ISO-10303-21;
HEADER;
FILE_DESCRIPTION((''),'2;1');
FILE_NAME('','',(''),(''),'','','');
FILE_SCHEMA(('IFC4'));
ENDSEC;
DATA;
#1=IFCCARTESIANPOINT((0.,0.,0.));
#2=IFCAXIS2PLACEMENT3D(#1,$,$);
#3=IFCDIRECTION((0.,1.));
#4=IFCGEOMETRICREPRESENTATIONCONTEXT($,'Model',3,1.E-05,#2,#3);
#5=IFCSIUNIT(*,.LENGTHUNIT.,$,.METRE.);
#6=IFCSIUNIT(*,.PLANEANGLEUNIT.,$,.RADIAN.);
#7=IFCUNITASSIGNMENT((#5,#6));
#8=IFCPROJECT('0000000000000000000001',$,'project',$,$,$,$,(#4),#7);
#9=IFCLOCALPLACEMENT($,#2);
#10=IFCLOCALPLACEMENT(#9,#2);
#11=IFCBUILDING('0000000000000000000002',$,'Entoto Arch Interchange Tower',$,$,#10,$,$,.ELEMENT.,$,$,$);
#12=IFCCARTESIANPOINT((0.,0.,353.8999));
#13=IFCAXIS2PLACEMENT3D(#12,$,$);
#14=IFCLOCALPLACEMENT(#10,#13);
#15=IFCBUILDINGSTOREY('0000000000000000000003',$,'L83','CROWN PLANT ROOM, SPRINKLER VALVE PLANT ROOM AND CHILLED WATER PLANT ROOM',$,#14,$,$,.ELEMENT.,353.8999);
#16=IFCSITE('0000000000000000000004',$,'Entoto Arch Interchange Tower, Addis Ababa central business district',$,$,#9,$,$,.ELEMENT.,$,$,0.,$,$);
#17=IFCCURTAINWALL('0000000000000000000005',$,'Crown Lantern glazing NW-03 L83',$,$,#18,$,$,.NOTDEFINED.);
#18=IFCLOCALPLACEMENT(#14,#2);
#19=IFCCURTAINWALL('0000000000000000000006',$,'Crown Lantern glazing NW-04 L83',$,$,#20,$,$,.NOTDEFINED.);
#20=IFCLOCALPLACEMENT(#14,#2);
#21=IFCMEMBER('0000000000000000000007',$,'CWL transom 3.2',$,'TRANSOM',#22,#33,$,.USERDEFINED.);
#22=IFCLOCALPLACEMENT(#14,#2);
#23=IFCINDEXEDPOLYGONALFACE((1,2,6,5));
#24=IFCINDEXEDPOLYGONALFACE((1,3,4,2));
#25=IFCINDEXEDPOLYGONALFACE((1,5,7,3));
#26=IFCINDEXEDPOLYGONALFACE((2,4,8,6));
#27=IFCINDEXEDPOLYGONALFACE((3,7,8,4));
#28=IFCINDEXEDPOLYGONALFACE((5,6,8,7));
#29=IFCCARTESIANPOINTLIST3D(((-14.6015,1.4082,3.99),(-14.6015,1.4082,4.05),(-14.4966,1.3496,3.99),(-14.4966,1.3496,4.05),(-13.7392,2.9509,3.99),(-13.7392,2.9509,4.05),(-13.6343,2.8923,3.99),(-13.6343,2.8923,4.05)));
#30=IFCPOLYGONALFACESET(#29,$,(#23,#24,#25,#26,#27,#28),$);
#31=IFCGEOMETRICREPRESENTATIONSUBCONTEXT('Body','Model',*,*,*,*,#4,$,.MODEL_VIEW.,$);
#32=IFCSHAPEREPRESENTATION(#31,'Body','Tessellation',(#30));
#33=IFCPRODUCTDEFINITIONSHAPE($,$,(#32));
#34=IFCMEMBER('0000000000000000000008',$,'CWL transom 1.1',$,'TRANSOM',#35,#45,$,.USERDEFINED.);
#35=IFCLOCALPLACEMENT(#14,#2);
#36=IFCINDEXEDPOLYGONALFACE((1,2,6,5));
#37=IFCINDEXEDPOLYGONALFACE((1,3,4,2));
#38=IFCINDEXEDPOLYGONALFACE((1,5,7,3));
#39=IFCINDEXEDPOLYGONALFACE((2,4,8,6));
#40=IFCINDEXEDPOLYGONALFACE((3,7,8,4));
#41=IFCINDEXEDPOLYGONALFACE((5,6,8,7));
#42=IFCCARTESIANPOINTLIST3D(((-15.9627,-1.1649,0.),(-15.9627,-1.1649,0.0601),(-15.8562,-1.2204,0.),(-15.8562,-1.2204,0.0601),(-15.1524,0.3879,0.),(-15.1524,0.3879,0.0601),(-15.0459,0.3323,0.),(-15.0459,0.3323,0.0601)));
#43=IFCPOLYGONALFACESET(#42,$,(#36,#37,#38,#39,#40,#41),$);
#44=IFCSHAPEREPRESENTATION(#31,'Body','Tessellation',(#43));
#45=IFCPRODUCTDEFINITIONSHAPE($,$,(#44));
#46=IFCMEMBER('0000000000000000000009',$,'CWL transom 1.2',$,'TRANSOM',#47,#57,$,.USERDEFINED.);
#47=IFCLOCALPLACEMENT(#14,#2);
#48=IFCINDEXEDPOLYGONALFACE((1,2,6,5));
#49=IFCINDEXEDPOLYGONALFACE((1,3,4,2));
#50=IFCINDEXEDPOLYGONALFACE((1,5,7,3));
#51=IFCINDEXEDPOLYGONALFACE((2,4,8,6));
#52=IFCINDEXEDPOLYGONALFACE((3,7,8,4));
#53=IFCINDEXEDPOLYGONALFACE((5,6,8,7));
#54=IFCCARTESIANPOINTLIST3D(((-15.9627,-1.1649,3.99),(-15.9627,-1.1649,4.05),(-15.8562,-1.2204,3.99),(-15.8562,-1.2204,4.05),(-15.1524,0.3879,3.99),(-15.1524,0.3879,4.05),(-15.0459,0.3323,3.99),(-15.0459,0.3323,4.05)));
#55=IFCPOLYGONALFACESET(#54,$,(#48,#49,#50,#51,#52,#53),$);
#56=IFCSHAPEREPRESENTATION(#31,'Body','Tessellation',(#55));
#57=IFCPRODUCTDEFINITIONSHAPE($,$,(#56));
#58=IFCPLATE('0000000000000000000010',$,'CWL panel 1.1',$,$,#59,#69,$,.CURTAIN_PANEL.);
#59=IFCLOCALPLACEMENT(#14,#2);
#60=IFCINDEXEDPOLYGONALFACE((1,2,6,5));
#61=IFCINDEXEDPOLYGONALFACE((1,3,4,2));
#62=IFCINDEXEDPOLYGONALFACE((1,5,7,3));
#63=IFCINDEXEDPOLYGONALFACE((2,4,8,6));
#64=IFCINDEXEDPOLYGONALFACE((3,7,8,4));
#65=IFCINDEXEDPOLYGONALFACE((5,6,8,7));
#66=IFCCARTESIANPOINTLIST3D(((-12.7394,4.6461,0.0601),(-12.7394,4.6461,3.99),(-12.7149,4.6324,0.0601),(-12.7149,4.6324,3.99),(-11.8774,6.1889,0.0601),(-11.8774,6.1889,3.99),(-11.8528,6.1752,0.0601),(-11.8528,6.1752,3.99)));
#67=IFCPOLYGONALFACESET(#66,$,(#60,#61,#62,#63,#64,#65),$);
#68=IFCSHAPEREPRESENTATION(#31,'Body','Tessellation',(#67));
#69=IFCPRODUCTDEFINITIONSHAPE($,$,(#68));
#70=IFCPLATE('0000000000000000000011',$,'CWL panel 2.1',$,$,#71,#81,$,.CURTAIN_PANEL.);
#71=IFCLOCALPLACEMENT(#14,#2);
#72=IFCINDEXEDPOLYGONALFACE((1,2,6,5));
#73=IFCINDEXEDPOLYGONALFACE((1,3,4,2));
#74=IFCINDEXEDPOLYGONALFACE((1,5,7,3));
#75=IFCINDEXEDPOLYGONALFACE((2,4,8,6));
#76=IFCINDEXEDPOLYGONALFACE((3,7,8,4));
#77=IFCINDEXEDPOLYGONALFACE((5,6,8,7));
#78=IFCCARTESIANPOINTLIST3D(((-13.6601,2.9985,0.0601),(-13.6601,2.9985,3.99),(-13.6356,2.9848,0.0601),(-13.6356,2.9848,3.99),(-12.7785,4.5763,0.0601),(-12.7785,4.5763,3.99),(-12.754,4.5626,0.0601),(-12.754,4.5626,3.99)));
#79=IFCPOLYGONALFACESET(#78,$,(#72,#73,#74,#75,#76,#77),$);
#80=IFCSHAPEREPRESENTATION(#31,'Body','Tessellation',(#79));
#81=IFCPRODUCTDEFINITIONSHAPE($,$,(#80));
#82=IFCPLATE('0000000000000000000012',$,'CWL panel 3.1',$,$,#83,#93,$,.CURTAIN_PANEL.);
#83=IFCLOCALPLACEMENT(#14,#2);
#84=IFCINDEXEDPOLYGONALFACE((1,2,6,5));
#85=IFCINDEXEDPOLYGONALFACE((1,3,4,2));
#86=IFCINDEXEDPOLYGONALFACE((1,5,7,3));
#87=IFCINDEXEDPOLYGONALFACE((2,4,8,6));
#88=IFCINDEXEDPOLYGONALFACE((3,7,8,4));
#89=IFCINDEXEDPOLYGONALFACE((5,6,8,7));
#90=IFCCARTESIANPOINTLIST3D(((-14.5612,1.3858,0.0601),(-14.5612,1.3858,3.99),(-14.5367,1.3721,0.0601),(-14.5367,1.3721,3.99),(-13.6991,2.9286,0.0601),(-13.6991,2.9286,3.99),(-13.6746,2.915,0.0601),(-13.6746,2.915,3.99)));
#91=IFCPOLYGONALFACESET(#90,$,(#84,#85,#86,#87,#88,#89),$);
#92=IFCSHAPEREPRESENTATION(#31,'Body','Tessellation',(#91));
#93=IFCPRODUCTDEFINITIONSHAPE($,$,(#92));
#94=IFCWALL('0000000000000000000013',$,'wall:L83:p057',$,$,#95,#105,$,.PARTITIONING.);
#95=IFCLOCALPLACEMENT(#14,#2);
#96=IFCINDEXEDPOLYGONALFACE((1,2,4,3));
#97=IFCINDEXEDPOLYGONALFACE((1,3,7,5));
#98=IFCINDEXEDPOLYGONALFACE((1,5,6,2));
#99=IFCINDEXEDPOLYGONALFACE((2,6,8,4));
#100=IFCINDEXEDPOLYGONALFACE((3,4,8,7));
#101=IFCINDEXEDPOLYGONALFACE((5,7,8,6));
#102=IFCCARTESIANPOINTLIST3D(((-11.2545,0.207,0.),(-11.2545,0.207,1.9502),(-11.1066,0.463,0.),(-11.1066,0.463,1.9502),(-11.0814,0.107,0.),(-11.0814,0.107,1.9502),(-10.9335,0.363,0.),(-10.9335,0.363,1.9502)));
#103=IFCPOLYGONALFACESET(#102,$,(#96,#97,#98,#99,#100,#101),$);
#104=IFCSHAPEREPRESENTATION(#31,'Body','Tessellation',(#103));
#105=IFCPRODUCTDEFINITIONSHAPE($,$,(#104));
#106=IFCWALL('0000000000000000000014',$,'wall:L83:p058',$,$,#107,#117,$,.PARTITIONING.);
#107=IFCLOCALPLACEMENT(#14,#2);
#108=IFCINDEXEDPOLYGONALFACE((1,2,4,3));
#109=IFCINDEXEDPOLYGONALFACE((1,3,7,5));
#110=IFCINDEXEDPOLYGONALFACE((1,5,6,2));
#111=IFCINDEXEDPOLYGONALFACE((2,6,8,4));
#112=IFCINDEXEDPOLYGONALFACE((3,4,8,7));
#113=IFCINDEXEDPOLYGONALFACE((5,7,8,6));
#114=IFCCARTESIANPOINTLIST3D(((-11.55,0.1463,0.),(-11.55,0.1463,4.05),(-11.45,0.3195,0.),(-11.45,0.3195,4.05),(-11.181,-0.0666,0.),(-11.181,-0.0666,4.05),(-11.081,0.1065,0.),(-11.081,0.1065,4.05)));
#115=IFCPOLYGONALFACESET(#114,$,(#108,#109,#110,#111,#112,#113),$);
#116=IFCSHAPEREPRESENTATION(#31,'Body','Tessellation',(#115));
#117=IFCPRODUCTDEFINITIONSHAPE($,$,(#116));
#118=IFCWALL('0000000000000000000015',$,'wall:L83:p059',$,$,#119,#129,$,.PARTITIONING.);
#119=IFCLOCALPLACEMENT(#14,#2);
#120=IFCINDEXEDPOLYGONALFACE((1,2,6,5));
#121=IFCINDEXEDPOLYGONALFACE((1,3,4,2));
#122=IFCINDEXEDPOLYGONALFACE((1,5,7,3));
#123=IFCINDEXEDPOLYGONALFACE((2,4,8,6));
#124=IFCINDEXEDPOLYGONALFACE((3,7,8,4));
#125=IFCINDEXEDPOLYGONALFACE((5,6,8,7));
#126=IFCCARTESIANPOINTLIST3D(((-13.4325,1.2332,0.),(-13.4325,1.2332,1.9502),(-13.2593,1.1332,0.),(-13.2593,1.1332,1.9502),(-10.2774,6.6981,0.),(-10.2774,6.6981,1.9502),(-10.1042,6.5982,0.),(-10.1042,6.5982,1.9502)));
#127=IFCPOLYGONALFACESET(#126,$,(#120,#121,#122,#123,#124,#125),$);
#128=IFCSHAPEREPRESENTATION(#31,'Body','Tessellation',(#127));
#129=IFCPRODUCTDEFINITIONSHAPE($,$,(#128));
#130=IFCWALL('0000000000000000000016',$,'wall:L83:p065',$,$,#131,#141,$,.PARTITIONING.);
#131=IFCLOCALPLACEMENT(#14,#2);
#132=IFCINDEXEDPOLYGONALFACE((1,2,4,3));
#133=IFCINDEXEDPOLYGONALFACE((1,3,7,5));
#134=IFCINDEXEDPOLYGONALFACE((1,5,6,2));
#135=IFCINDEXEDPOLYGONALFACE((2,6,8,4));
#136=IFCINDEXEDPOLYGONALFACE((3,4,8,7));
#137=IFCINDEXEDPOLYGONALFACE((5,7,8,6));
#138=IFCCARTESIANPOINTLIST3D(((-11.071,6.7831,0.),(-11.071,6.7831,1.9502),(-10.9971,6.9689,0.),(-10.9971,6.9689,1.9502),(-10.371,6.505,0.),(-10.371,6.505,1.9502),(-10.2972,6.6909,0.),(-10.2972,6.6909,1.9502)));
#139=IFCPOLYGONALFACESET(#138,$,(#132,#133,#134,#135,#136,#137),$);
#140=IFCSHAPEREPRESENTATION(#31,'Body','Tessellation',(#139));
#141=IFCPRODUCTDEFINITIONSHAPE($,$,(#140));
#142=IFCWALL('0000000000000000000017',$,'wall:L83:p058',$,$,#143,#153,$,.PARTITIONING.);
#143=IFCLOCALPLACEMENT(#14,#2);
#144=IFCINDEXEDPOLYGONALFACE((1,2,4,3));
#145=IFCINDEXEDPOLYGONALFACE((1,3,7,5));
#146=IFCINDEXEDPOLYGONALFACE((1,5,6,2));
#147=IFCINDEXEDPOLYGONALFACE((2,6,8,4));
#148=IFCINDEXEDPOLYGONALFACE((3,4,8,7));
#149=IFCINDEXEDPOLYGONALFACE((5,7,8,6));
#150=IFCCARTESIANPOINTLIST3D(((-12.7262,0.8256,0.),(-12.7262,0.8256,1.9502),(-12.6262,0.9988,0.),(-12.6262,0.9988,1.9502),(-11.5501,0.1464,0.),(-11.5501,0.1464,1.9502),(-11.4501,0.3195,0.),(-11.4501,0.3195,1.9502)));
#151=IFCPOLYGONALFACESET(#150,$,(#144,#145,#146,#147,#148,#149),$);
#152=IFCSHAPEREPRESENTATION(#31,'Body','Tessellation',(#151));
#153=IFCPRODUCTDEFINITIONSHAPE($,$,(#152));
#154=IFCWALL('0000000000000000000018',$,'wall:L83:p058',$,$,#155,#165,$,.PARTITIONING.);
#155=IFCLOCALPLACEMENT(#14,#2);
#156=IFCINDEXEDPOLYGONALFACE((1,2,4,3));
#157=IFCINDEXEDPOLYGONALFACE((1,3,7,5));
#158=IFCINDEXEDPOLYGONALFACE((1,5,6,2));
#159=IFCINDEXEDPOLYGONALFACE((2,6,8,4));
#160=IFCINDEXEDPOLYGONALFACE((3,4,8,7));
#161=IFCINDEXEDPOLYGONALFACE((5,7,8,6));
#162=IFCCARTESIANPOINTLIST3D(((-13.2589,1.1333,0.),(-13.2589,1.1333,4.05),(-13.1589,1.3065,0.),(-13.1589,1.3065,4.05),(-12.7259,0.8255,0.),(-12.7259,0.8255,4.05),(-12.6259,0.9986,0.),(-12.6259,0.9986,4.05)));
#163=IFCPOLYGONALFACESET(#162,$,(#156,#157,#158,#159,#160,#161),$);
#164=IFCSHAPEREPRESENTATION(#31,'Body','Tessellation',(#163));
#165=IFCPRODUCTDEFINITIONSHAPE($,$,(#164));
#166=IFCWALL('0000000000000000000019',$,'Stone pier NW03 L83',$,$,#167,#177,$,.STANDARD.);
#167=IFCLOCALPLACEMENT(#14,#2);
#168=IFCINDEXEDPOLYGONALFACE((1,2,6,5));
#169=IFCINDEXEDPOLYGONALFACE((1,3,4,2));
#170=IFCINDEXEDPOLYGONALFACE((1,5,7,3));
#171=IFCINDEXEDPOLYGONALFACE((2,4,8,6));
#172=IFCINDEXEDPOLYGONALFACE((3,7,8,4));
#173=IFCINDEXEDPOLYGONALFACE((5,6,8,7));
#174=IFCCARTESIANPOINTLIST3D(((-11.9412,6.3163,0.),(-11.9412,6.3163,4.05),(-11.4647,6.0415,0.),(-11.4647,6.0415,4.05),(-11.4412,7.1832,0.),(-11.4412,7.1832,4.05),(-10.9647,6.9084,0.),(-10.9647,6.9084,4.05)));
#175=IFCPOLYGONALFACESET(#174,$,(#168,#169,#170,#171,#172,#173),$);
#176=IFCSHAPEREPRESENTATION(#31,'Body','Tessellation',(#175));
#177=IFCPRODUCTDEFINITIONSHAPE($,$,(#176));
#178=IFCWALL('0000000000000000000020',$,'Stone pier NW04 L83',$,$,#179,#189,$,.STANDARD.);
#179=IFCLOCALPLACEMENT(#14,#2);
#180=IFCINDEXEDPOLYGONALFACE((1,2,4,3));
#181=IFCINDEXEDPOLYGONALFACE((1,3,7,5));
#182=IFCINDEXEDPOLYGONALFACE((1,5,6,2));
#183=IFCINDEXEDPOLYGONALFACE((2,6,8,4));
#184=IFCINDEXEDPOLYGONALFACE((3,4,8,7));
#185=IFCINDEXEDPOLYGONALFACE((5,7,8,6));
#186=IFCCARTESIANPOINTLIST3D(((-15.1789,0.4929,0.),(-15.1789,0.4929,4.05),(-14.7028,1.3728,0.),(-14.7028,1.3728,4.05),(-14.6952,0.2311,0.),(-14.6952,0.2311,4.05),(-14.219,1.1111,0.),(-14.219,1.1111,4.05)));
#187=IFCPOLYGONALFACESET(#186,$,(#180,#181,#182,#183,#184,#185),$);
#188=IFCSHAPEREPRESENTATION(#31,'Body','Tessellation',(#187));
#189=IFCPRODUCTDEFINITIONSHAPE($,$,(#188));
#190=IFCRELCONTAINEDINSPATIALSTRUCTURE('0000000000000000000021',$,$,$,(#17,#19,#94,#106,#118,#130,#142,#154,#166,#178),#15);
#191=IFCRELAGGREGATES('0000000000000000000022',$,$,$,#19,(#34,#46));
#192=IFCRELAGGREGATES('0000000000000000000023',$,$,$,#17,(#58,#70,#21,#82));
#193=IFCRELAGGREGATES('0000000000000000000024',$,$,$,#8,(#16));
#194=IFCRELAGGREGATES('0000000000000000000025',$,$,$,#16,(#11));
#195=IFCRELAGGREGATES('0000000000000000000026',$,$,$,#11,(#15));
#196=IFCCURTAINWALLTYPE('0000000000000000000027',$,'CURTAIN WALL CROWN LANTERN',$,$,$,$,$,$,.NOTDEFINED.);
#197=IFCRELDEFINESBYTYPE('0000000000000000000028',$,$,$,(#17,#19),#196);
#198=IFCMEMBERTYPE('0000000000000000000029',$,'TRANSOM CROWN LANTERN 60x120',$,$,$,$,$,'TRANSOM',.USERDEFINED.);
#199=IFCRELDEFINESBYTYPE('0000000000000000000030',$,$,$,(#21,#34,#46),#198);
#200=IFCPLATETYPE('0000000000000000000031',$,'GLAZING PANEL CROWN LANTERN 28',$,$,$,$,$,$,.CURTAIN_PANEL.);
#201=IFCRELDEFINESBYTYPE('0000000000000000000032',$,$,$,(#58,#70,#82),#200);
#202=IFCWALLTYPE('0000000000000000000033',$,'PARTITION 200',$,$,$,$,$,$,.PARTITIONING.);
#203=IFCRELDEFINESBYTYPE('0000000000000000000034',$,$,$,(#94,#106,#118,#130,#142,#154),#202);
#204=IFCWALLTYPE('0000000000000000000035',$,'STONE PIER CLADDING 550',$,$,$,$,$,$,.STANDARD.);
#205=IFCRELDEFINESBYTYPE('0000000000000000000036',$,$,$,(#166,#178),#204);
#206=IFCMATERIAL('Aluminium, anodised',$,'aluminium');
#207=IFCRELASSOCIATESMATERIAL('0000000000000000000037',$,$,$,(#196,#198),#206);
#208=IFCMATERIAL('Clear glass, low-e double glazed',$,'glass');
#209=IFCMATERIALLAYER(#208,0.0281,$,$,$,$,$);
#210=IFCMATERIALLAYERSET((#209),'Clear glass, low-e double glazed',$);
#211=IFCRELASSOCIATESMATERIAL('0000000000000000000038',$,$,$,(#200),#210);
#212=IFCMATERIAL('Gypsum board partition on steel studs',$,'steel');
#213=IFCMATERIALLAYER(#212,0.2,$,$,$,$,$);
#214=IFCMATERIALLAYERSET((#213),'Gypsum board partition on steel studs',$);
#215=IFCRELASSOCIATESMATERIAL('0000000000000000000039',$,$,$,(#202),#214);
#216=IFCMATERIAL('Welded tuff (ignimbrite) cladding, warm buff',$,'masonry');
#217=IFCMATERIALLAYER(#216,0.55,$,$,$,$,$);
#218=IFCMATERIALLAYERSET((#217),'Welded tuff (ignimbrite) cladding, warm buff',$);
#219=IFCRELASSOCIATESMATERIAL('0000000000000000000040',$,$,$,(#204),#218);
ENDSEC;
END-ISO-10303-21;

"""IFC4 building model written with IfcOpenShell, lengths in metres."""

from ifc_helpers import new_model, si_unit, direction, frame, frame_2d, origin, origin_2d, place, context, subcontext, project, spatial, rectangle, extrude, material, layer, layer_set, material_profile, profile_set, type_object, element, aggregate, save


model = new_model("IFC4")

# Units and contexts
model_context = context("Model", 3, precision=1e-05, world=origin(), true_north=direction((0.0, 1.0)))
body_context = subcontext(model_context, "Body", "Model", "MODEL_VIEW")
ifc_project = project(units=[si_unit("LENGTHUNIT", "METRE"), si_unit("PLANEANGLEUNIT", "RADIAN")], contexts=[model_context])

# Site, building, storey
site_placement = place(None, origin())
site = spatial("IfcSite", under=ifc_project, at=site_placement, Name="Entoto Arch Interchange Tower, Addis Ababa central business district", CompositionType="ELEMENT", RefElevation=0.0)
building_placement = place(site_placement, origin())
building = spatial("IfcBuilding", under=site, at=building_placement, Name="Entoto Arch Interchange Tower", CompositionType="ELEMENT")
storey_placement = place(building_placement, frame((0.0, 0.0, 353.8999)))
storey = spatial("IfcBuildingStorey", under=building, at=storey_placement, Name="L83", Description="CROWN PLANT ROOM, SPRINKLER VALVE PLANT ROOM AND CHILLED WATER PLANT ROOM", CompositionType="ELEMENT", Elevation=353.8999)

# Curtain wall
ifc_material_1 = material(Name="Aluminium, anodised", Category="aluminium")
curtain_wall_type = type_object("IfcCurtainWallType", Name="CURTAIN WALL CROWN LANTERN", PredefinedType="NOTDEFINED", material=ifc_material_1)
curtain_wall_1_placement = place(storey_placement, origin())
curtain_wall_1 = element("IfcCurtainWall", 1, at=curtain_wall_1_placement, inside=storey, type_object=curtain_wall_type, Name="Crown Lantern glazing NW-03 L83", PredefinedType="NOTDEFINED")

# Curtain wall
curtain_wall_2_placement = place(storey_placement, origin())
curtain_wall_2 = element("IfcCurtainWall", 2, at=curtain_wall_2_placement, inside=storey, type_object=curtain_wall_type, Name="Crown Lantern glazing NW-04 L83", PredefinedType="NOTDEFINED")

# Members
ifc_material_profile_1 = material_profile(ifc_material_1, rectangle(XDim=0.1201, YDim=0.0601, at=origin_2d()))
ifc_profile_set_1 = profile_set([ifc_material_profile_1], Name="Aluminium, anodised")
member_type_1 = type_object("IfcMemberType", Name="TRANSOM CROWN LANTERN 60x120", ElementType="TRANSOM", PredefinedType="USERDEFINED", material=ifc_profile_set_1)
member_1_placement = place(storey_placement, frame((-13.6868, 2.9216, 4.02), z_axis=(-0.487905, -0.872897, 0.0), x_axis=(0.872897, -0.487905, 0.0)))
member_1 = element("IfcMember", 3, at=member_1_placement, type_object=member_type_1, Name="CWL transom 3.2", ObjectType="TRANSOM", PredefinedType="USERDEFINED", context=body_context, shape_type="SweptSolid", body=[
    extrude(rectangle(XDim=0.1201, YDim=0.0601, at=origin_2d()), origin(), (0.0, 0.0, 1.0), 1.7673),
])
member_2_placement = place(storey_placement, frame((-15.0991, 0.3601, 0.03), z_axis=(-0.462647, -0.886543, 0.0), x_axis=(0.886543, -0.462647, 0.0)))
member_2 = element("IfcMember", 4, at=member_2_placement, type_object=member_type_1, Name="CWL transom 1.1", ObjectType="TRANSOM", PredefinedType="USERDEFINED", context=body_context, shape_type="SweptSolid", body=[
    extrude(rectangle(XDim=0.1201, YDim=0.0601, at=origin_2d()), origin(), (0.0, 0.0, 1.0), 1.7515),
])
member_3_placement = place(storey_placement, frame((-15.0991, 0.3601, 4.02), z_axis=(-0.462647, -0.886543, 0.0), x_axis=(0.886543, -0.462647, 0.0)))
member_3 = element("IfcMember", 5, at=member_3_placement, type_object=member_type_1, Name="CWL transom 1.2", ObjectType="TRANSOM", PredefinedType="USERDEFINED", context=body_context, shape_type="SweptSolid", body=[
    extrude(rectangle(XDim=0.1201, YDim=0.0601, at=origin_2d()), origin(), (0.0, 0.0, 1.0), 1.7515),
])
aggregate(curtain_wall_2, [member_2, member_3])

# Plates
ifc_material_2 = material(Name="Clear glass, low-e double glazed", Category="glass")
ifc_layer_1 = layer(ifc_material_2, 0.0281)
ifc_layer_set_1 = layer_set([ifc_layer_1], Name="Clear glass, low-e double glazed")
plate_type = type_object("IfcPlateType", Name="GLAZING PANEL CROWN LANTERN 28", PredefinedType="CURTAIN_PANEL", material=ifc_layer_set_1)
plate_1_placement = place(storey_placement, frame((-12.2961, 5.4106, 0.0601), z_axis=(0.0, 0.0, 1.0), x_axis=(-0.487786, -0.872963, 0.0)))
plate_1 = element("IfcPlate", 6, at=plate_1_placement, type_object=plate_type, Name="CWL panel 1.1", PredefinedType="CURTAIN_PANEL", context=body_context, shape_type="SweptSolid", body=[
    extrude(rectangle(XDim=1.7673, YDim=0.0281, at=origin_2d()), origin(), (0.0, 0.0, 1.0), 3.9299),
])
plate_2_placement = place(storey_placement, frame((-13.207, 3.7805, 0.0601), z_axis=(0.0, 0.0, 1.0), x_axis=(-0.487786, -0.872963, 0.0)))
plate_2 = element("IfcPlate", 7, at=plate_2_placement, type_object=plate_type, Name="CWL panel 2.1", PredefinedType="CURTAIN_PANEL", context=body_context, shape_type="SweptSolid", body=[
    extrude(rectangle(XDim=1.8074, YDim=0.0281, at=origin_2d()), origin(), (0.0, 0.0, 1.0), 3.9299),
])
plate_3_placement = place(storey_placement, frame((-14.1179, 2.1504, 0.0601), z_axis=(0.0, 0.0, 1.0), x_axis=(-0.487786, -0.872963, 0.0)))
plate_3 = element("IfcPlate", 8, at=plate_3_placement, type_object=plate_type, Name="CWL panel 3.1", PredefinedType="CURTAIN_PANEL", context=body_context, shape_type="SweptSolid", body=[
    extrude(rectangle(XDim=1.7673, YDim=0.0281, at=origin_2d()), origin(), (0.0, 0.0, 1.0), 3.9299),
])
aggregate(curtain_wall_1, [plate_1, plate_2, member_1, plate_3])

# Walls
ifc_material_3 = material(Name="Gypsum board partition on steel studs", Category="steel")
ifc_layer_2 = layer(ifc_material_3, 0.2)
ifc_layer_set_2 = layer_set([ifc_layer_2], Name="Gypsum board partition on steel studs")
wall_type_1 = type_object("IfcWallType", Name="PARTITION 200", PredefinedType="PARTITIONING", material=ifc_layer_set_2)
wall_1_placement = place(storey_placement, frame((-11.02, 0.4131, 0.0), z_axis=(0.0, 0.0, 1.0), x_axis=(-0.500223, -0.865897, 0.0)))
element("IfcWall", 9, at=wall_1_placement, inside=storey, type_object=wall_type_1, Name="wall:L83:p057", PredefinedType="PARTITIONING", context=body_context, shape_type="SweptSolid", body=[
    extrude(rectangle(XDim=0.2957, YDim=0.2, at=frame_2d((0.1479, 0.0))), origin(), (0.0, 0.0, 1.0), 1.9502),
])
wall_2_placement = place(storey_placement, frame((-11.1311, 0.02, 0.0), z_axis=(0.0, 0.0, 1.0), x_axis=(-0.866119, 0.499838, 0.0)))
element("IfcWall", 10, at=wall_2_placement, inside=storey, type_object=wall_type_1, Name="wall:L83:p058", PredefinedType="PARTITIONING", context=body_context, shape_type="SweptSolid", body=[
    extrude(rectangle(XDim=0.426, YDim=0.2, at=frame_2d((0.2129, 0.0))), origin(), (0.0, 0.0, 1.0), 4.05),
])
wall_3_placement = place(storey_placement, frame((-13.3459, 1.1831, 0.0), z_axis=(0.0, 0.0, 1.0), x_axis=(0.499988, 0.866032, 0.0)))
element("IfcWall", 11, at=wall_3_placement, inside=storey, type_object=wall_type_1, Name="wall:L83:p059", PredefinedType="PARTITIONING", context=body_context, shape_type="SweptSolid", body=[
    extrude(rectangle(XDim=6.3103, YDim=0.2, at=frame_2d((3.1553, 0.0))), origin(), (0.0, 0.0, 1.0), 1.9502),
])
wall_4_placement = place(storey_placement, frame((-11.0339, 6.876, 0.0), z_axis=(0.0, 0.0, 1.0), x_axis=(0.929346, -0.36921, 0.0)))
element("IfcWall", 12, at=wall_4_placement, inside=storey, type_object=wall_type_1, Name="wall:L83:p065", PredefinedType="PARTITIONING", context=body_context, shape_type="SweptSolid", body=[
    extrude(rectangle(XDim=0.7532, YDim=0.2, at=frame_2d((0.3765, 0.0))), origin(), (0.0, 0.0, 1.0), 1.9502),
])
wall_5_placement = place(storey_placement, frame((-11.5, 0.2329, 0.0), z_axis=(0.0, 0.0, 1.0), x_axis=(-0.865955, 0.500122, 0.0)))
element("IfcWall", 13, at=wall_5_placement, inside=storey, type_object=wall_type_1, Name="wall:L83:p058", PredefinedType="PARTITIONING", context=body_context, shape_type="SweptSolid", body=[
    extrude(rectangle(XDim=1.3582, YDim=0.2, at=frame_2d((0.6792, 0.0))), origin(), (0.0, 0.0, 1.0), 1.9502),
])
wall_6_placement = place(storey_placement, frame((-12.676, 0.9121, 0.0), z_axis=(0.0, 0.0, 1.0), x_axis=(-0.865915, 0.500192, 0.0)))
element("IfcWall", 14, at=wall_6_placement, inside=storey, type_object=wall_type_1, Name="wall:L83:p058", PredefinedType="PARTITIONING", context=body_context, shape_type="SweptSolid", body=[
    extrude(rectangle(XDim=0.6155, YDim=0.2, at=frame_2d((0.3076, 0.0))), origin(), (0.0, 0.0, 1.0), 4.05),
])
ifc_material_4 = material(Name="Welded tuff (ignimbrite) cladding, warm buff", Category="masonry")
ifc_layer_3 = layer(ifc_material_4, 0.55)
ifc_layer_set_3 = layer_set([ifc_layer_3], Name="Welded tuff (ignimbrite) cladding, warm buff")
wall_type_2 = type_object("IfcWallType", Name="STONE PIER CLADDING 550", PredefinedType="STANDARD", material=ifc_layer_set_3)
wall_7_placement = place(storey_placement, frame((-11.2029, 7.0459, 0.0), z_axis=(0.0, 0.0, 1.0), x_axis=(-0.499603, -0.866255, 0.0)))
element("IfcWall", 15, at=wall_7_placement, inside=storey, type_object=wall_type_2, Name="Stone pier NW03 L83", PredefinedType="STANDARD", context=body_context, shape_type="SweptSolid", body=[
    extrude(rectangle(XDim=1.0007, YDim=0.55, at=frame_2d((0.5005, 0.0))), origin(), (0.0, 0.0, 1.0), 4.05),
])
wall_8_placement = place(storey_placement, frame((-14.4609, 1.2419, 0.0), z_axis=(0.0, 0.0, 1.0), x_axis=(-0.475874, -0.879513, 0.0)))
element("IfcWall", 16, at=wall_8_placement, inside=storey, type_object=wall_type_2, Name="Stone pier NW04 L83", PredefinedType="STANDARD", context=body_context, shape_type="SweptSolid", body=[
    extrude(rectangle(XDim=1.0005, YDim=0.55, at=frame_2d((0.5002, 0.0))), origin(), (0.0, 0.0, 1.0), 4.05),
])

save(model, "model.ifc")
